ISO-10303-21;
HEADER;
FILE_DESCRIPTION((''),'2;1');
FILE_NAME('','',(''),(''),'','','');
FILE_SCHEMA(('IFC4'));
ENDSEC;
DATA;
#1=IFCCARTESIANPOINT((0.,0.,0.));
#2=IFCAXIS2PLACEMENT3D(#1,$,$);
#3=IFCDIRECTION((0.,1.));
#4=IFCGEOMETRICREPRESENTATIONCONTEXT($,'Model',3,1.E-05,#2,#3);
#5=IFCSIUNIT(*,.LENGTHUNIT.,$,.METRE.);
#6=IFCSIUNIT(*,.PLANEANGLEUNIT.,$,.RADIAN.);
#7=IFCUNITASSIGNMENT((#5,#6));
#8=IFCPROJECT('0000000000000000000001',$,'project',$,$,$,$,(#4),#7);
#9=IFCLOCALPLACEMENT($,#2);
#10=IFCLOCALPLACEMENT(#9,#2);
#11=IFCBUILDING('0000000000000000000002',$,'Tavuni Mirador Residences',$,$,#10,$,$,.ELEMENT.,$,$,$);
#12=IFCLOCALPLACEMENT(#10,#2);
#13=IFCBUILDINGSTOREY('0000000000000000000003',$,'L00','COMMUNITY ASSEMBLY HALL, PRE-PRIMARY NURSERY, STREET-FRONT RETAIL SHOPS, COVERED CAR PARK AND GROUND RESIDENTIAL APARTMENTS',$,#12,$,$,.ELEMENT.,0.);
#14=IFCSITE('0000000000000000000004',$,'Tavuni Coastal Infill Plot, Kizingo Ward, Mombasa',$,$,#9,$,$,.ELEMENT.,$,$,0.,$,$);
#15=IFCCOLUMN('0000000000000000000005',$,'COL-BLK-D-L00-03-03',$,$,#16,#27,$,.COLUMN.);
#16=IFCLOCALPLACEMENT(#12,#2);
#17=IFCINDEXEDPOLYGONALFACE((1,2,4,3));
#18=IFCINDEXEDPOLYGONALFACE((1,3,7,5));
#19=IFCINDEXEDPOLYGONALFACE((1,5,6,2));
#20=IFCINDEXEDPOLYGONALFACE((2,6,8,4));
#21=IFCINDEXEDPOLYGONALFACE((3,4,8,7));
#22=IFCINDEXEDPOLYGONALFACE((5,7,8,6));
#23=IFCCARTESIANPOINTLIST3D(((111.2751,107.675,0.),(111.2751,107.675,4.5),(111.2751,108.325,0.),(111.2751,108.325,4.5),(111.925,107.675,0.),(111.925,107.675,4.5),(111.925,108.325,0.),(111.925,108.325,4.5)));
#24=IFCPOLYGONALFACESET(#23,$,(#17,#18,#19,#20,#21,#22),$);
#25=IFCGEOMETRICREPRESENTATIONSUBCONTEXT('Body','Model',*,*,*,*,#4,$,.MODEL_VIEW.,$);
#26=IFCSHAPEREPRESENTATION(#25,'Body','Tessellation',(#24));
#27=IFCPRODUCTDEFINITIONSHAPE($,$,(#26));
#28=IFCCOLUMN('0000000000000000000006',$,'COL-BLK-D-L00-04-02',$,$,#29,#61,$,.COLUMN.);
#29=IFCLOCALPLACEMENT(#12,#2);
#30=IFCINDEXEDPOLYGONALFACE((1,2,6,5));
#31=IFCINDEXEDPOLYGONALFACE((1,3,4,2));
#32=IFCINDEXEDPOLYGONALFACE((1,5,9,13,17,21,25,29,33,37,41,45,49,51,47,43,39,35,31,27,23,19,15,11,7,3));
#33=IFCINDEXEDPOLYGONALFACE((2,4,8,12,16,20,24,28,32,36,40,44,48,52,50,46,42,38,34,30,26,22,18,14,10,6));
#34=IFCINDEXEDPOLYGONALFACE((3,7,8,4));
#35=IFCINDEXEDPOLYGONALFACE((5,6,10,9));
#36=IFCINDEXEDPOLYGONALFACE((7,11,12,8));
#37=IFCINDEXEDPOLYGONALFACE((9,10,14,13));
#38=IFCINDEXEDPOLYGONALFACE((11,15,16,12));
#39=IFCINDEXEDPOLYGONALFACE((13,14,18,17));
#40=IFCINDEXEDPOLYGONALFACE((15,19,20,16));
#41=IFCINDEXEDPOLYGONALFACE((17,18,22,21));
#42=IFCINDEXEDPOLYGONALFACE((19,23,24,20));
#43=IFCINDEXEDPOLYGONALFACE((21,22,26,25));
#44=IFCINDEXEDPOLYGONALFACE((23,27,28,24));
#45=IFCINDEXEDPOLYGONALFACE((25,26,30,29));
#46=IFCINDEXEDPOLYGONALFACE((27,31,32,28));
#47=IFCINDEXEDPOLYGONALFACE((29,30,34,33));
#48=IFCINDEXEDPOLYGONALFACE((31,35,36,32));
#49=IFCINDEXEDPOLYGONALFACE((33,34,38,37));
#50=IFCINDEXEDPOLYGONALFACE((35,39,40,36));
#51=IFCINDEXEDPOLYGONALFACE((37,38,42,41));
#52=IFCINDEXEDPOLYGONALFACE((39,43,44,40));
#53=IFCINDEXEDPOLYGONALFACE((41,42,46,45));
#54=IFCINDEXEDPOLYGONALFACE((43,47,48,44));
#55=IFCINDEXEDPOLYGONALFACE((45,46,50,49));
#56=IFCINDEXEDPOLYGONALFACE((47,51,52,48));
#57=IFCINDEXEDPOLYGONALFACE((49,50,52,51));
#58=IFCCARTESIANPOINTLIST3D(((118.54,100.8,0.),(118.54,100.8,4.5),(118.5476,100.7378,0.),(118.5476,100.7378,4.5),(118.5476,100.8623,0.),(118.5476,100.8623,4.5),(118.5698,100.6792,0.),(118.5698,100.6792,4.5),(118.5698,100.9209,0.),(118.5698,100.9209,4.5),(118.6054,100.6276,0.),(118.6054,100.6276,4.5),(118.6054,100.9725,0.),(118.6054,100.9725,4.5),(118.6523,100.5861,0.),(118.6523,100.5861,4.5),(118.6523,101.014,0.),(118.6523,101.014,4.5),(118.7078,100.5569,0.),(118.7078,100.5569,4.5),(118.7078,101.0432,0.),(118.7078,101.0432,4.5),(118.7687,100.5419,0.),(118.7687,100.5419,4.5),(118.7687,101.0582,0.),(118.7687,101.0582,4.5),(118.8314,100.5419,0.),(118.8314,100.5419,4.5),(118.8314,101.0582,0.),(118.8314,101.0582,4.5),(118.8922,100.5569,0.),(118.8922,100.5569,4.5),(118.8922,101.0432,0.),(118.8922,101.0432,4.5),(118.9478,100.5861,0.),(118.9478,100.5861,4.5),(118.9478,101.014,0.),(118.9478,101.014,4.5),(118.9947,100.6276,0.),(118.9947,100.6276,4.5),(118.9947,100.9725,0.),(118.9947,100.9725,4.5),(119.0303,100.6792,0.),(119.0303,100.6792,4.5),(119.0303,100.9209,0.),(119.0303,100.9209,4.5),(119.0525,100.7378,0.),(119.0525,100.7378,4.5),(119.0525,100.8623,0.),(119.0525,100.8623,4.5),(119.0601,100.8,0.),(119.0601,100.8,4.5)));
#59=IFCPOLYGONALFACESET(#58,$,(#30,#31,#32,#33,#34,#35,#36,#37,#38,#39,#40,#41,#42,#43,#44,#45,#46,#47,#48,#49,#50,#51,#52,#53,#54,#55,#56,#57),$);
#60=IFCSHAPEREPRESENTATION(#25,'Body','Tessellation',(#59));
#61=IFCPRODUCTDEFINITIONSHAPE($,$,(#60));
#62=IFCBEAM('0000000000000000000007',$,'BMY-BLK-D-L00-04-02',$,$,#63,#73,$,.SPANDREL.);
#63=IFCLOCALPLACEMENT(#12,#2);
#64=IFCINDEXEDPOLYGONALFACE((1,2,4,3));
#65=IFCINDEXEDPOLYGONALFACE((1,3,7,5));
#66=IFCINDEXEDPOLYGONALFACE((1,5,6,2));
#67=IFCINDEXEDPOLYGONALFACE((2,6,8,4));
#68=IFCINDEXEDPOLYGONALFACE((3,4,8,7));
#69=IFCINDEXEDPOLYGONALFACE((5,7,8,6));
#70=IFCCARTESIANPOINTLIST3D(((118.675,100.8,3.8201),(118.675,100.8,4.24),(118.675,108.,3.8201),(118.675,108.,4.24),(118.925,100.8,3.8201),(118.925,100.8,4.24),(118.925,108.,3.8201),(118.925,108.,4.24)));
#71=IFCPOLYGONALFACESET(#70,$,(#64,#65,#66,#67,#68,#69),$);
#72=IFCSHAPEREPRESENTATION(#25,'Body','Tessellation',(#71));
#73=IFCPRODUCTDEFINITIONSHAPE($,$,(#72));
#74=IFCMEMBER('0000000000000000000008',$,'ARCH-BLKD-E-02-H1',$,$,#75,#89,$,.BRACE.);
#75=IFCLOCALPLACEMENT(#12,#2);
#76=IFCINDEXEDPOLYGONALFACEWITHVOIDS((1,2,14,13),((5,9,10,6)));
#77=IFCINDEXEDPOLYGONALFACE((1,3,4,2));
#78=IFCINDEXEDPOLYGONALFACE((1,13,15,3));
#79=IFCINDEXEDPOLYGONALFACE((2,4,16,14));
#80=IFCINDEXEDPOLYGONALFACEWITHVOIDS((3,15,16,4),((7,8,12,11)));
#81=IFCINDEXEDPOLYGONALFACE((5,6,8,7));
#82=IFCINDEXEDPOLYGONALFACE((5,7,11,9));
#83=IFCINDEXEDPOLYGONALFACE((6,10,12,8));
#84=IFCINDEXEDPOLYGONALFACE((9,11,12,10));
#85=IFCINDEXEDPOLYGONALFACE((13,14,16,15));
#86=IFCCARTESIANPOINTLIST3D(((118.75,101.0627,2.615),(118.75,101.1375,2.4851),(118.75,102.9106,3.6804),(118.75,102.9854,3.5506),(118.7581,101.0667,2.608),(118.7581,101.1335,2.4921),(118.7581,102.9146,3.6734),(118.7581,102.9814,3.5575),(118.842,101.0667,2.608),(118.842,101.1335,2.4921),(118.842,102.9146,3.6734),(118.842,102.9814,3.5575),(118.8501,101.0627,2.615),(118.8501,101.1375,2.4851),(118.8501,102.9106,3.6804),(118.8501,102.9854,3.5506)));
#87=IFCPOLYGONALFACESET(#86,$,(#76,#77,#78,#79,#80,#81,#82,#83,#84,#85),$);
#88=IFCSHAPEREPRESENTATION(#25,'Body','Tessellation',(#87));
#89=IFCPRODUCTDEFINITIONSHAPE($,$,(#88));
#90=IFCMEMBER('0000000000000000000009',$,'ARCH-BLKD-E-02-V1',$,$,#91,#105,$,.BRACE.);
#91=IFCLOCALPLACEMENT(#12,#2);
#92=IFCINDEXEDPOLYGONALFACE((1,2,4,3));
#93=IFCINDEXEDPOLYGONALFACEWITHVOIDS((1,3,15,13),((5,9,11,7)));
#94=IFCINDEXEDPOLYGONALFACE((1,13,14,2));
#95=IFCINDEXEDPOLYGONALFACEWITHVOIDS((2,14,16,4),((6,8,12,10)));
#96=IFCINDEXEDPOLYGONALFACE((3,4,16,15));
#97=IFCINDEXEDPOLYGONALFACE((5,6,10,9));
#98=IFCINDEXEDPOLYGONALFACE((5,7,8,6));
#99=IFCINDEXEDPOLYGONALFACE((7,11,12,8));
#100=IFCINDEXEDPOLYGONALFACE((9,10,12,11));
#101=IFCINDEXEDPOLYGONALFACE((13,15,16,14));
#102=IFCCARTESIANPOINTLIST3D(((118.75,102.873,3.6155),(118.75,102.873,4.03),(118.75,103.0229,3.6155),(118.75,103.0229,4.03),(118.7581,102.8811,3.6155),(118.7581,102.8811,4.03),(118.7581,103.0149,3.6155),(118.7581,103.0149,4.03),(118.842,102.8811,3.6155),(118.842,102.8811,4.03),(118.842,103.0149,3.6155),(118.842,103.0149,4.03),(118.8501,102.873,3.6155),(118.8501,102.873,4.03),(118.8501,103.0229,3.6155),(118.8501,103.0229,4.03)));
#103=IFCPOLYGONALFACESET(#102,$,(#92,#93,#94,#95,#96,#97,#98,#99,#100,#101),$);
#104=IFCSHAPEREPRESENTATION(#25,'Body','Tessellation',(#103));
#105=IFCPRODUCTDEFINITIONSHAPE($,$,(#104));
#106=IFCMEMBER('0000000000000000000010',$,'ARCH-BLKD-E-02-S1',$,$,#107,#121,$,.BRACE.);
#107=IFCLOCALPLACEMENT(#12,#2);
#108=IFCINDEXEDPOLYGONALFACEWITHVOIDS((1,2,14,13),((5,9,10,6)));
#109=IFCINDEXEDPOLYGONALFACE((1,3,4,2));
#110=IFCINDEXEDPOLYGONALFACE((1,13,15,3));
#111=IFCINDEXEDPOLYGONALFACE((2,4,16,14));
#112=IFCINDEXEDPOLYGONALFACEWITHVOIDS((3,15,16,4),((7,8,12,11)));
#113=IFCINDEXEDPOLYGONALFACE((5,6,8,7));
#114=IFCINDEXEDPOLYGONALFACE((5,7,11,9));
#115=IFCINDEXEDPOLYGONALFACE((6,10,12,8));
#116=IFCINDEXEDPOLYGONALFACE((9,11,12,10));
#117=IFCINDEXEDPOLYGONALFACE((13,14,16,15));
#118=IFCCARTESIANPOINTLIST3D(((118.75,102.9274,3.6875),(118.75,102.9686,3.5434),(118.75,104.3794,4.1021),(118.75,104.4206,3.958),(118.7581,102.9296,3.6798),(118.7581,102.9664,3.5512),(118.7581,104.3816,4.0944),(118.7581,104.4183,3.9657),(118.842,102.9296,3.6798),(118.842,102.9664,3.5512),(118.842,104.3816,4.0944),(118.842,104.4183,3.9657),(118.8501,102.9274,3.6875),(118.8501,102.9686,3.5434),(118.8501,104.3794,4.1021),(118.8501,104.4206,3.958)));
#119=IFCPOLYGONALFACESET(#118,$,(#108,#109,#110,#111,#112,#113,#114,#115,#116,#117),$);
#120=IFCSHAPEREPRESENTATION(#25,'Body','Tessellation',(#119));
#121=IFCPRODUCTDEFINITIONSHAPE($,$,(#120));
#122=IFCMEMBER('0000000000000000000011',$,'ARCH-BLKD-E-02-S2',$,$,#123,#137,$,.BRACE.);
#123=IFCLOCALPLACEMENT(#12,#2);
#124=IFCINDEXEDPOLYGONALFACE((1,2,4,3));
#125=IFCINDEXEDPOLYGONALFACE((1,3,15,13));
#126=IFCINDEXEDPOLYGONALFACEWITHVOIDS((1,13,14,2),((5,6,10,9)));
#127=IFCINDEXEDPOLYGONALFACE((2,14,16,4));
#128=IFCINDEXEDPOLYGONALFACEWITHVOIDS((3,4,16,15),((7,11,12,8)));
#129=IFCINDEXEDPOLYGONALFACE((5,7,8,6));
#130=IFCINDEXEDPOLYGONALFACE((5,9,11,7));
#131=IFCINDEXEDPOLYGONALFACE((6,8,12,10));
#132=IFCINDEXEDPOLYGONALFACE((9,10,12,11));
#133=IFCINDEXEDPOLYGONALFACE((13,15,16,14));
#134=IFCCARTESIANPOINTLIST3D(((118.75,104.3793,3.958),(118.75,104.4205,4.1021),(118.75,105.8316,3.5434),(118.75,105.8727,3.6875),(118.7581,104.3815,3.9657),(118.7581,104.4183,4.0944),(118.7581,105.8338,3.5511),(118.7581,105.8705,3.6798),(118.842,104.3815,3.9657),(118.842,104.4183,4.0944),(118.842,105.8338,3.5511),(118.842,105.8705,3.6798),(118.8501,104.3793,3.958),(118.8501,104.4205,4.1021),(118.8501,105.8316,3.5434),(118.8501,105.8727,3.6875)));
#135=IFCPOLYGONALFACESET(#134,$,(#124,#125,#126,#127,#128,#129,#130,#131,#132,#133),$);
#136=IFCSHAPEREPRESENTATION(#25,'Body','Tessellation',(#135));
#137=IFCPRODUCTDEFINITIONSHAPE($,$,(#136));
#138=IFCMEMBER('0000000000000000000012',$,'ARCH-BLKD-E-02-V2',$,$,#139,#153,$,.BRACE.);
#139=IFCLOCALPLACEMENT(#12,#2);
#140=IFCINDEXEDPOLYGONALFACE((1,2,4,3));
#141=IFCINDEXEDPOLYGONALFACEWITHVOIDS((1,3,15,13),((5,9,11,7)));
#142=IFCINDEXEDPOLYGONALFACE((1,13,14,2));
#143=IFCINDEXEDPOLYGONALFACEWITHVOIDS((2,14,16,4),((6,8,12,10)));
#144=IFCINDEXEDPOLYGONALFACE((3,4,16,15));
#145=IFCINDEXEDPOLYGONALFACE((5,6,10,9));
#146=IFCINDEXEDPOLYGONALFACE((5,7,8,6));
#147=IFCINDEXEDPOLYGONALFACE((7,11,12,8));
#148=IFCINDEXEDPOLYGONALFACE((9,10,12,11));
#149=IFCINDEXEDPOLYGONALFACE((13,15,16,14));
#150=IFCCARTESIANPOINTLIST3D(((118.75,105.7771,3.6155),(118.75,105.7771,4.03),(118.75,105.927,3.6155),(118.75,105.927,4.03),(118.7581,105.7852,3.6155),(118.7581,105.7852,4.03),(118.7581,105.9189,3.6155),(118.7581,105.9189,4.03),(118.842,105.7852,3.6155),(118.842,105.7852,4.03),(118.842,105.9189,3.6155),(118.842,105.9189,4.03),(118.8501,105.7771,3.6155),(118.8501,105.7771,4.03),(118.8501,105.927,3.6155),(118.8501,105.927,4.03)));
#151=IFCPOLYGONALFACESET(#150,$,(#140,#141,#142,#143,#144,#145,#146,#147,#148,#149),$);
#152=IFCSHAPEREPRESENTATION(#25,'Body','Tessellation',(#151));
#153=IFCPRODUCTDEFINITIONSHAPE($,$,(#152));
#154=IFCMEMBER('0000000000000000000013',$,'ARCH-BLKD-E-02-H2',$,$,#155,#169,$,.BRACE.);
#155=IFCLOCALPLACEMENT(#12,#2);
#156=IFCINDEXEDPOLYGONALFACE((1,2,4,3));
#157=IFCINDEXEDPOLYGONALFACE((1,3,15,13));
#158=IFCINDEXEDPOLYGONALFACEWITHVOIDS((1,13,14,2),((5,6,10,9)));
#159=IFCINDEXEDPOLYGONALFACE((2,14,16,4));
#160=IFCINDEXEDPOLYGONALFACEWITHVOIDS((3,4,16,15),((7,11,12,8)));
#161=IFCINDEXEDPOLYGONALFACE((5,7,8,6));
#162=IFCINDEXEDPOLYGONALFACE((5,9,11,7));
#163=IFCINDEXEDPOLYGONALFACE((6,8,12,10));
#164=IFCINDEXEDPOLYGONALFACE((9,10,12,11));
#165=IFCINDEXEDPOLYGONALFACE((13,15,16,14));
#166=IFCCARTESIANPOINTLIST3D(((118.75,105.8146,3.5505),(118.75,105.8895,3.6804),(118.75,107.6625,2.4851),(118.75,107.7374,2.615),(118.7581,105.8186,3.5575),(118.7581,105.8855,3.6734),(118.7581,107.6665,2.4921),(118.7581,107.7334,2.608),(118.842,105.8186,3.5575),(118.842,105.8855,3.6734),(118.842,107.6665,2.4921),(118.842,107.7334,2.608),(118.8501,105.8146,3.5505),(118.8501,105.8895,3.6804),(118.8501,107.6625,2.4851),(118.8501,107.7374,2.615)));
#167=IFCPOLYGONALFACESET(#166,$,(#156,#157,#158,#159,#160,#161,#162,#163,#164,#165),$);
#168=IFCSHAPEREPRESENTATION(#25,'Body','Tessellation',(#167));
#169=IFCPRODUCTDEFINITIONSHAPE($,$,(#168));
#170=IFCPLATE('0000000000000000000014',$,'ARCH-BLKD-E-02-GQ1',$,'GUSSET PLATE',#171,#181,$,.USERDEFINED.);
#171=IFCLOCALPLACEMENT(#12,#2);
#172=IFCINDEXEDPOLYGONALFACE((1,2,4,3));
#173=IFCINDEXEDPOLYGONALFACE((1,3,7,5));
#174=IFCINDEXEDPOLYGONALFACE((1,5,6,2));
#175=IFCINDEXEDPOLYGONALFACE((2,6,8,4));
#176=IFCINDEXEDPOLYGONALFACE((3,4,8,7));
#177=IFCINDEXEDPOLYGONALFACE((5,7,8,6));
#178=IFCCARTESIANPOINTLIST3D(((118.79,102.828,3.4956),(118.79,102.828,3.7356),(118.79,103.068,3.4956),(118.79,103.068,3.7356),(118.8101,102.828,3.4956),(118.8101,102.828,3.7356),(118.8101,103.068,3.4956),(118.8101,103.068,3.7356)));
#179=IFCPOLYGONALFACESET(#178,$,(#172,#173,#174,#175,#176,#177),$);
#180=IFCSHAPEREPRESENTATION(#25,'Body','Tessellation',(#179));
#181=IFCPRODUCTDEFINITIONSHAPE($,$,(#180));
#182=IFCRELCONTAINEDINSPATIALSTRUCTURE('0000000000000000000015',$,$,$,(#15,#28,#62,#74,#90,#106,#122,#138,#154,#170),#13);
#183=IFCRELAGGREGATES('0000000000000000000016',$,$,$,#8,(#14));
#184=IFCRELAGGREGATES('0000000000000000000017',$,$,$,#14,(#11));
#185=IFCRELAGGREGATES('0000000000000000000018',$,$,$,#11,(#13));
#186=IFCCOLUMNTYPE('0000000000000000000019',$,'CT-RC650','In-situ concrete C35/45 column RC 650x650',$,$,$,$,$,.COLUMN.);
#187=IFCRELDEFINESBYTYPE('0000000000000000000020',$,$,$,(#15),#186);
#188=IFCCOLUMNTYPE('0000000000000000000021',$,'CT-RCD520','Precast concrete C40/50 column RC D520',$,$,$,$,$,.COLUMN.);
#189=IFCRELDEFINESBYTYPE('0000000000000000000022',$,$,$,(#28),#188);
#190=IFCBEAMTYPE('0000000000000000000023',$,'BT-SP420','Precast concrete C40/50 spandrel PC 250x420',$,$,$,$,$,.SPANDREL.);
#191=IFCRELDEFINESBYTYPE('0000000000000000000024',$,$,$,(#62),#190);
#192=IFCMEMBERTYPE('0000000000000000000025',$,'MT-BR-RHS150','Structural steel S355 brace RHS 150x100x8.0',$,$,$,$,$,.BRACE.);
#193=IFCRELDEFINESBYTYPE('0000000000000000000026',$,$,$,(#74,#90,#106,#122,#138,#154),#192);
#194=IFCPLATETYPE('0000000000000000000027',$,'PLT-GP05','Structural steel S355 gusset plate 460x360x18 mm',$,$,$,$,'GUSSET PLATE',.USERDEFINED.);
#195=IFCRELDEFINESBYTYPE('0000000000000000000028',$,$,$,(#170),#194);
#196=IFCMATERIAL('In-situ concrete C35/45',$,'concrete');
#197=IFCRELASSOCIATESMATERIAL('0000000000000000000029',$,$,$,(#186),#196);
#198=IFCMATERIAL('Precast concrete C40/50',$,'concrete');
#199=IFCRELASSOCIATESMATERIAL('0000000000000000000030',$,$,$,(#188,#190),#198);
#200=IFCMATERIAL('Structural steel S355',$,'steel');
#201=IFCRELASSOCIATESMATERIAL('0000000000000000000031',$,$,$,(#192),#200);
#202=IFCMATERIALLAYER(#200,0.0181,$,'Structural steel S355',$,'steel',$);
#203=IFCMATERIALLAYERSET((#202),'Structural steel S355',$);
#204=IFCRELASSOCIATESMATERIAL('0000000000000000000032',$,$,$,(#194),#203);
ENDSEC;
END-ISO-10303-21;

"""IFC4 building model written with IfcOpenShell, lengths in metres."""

from ifc_helpers import new_model, si_unit, direction, frame, origin, origin_2d, place, context, subcontext, project, spatial, rectangle, hollow_rectangle, circle, extrude, material, layer, layer_set, material_profile, profile_set, type_object, element, save


model = new_model("IFC4")

# Units and contexts
model_context = context("Model", 3, precision=1e-05, world=origin(), true_north=direction((0.0, 1.0)))
body_context = subcontext(model_context, "Body", "Model", "MODEL_VIEW")
ifc_project = project(units=[si_unit("LENGTHUNIT", "METRE"), si_unit("PLANEANGLEUNIT", "RADIAN")], contexts=[model_context])

# Site, building, storey
site_placement = place(None, origin())
site = spatial("IfcSite", under=ifc_project, at=site_placement, Name="Tavuni Coastal Infill Plot, Kizingo Ward, Mombasa", CompositionType="ELEMENT", RefElevation=0.0)
building_placement = place(site_placement, origin())
building = spatial("IfcBuilding", under=site, at=building_placement, Name="Tavuni Mirador Residences", CompositionType="ELEMENT")
storey_placement = place(building_placement, origin())
storey = spatial("IfcBuildingStorey", under=building, at=storey_placement, Name="L00", Description="COMMUNITY ASSEMBLY HALL, PRE-PRIMARY NURSERY, STREET-FRONT RETAIL SHOPS, COVERED CAR PARK AND GROUND RESIDENTIAL APARTMENTS", CompositionType="ELEMENT", Elevation=0.0)

# Columns
ifc_material_1 = material(Name="In-situ concrete C35/45", Category="concrete")
ifc_material_profile_1 = material_profile(ifc_material_1, rectangle(XDim=0.6499, YDim=0.6499, at=origin_2d()), Name="RC 650x650", Category="concrete")
ifc_profile_set_1 = profile_set([ifc_material_profile_1], Name="In-situ concrete C35/45")
column_type_1 = type_object("IfcColumnType", Name="CT-RC650", Description="In-situ concrete C35/45 column RC 650x650", PredefinedType="COLUMN", material=ifc_profile_set_1)
column_1_placement = place(storey_placement, frame((111.6001, 108.0, 0.0), z_axis=(0.0, 0.0, 1.0), x_axis=(1.0, 0.0, 0.0)))
element("IfcColumn", 1, at=column_1_placement, inside=storey, type_object=column_type_1, Name="COL-BLK-D-L00-03-03", PredefinedType="COLUMN", context=body_context, shape_type="SweptSolid", body=[
    extrude(rectangle(XDim=0.6499, YDim=0.6499, at=origin_2d()), origin(), (0.0, 0.0, 1.0), 4.5),
])
ifc_material_2 = material(Name="Precast concrete C40/50", Category="concrete")
ifc_material_profile_2 = material_profile(ifc_material_2, circle(Radius=0.26, at=origin_2d()), Name="RC D520", Category="concrete")
ifc_profile_set_2 = profile_set([ifc_material_profile_2], Name="Precast concrete C40/50")
column_type_2 = type_object("IfcColumnType", Name="CT-RCD520", Description="Precast concrete C40/50 column RC D520", PredefinedType="COLUMN", material=ifc_profile_set_2)
column_2_placement = place(storey_placement, frame((118.8, 100.8, 0.0), z_axis=(0.0, 0.0, 1.0), x_axis=(1.0, 0.0, 0.0)))
element("IfcColumn", 2, at=column_2_placement, inside=storey, type_object=column_type_2, Name="COL-BLK-D-L00-04-02", PredefinedType="COLUMN", context=body_context, shape_type="SweptSolid", body=[
    extrude(circle(Radius=0.26, at=origin_2d()), origin(), (0.0, 0.0, 1.0), 4.5),
])

# Beam
ifc_material_profile_3 = material_profile(ifc_material_2, rectangle(XDim=0.25, YDim=0.4199, at=origin_2d()), Name="PC 250x420", Category="concrete")
ifc_profile_set_3 = profile_set([ifc_material_profile_3], Name="Precast concrete C40/50")
beam_type = type_object("IfcBeamType", Name="BT-SP420", Description="Precast concrete C40/50 spandrel PC 250x420", PredefinedType="SPANDREL", material=ifc_profile_set_3)
beam_placement = place(storey_placement, frame((118.8, 100.8, 4.03), z_axis=(0.0, 1.0, 0.0), x_axis=(-1.0, 0.0, 0.0)))
element("IfcBeam", 3, at=beam_placement, inside=storey, type_object=beam_type, Name="BMY-BLK-D-L00-04-02", PredefinedType="SPANDREL", context=body_context, shape_type="SweptSolid", body=[
    extrude(rectangle(XDim=0.25, YDim=0.4199, at=origin_2d()), origin(), (0.0, 0.0, 1.0), 7.2),
])

# Members
ifc_material_3 = material(Name="Structural steel S355", Category="steel")
ifc_material_profile_4 = material_profile(ifc_material_3, hollow_rectangle(XDim=0.1001, YDim=0.1499, WallThickness=0.0081, at=origin_2d()), Name="RHS 150x100x8.0", Category="steel")
ifc_profile_set_4 = profile_set([ifc_material_profile_4], Name="Structural steel S355")
member_type = type_object("IfcMemberType", Name="MT-BR-RHS150", Description="Structural steel S355 brace RHS 150x100x8.0", PredefinedType="BRACE", material=ifc_profile_set_4)
member_1_placement = place(storey_placement, frame((118.8, 101.1001, 2.55), z_axis=(0.0, 0.866321, 0.499488), x_axis=(-1.0, 0.0, 0.0)))
element("IfcMember", 4, at=member_1_placement, inside=storey, type_object=member_type, Name="ARCH-BLKD-E-02-H1", PredefinedType="BRACE", context=body_context, shape_type="SweptSolid", body=[
    extrude(hollow_rectangle(XDim=0.1001, YDim=0.1499, WallThickness=0.0081, at=origin_2d()), origin(), (0.0, 0.0, 1.0), 2.1331),
])
member_2_placement = place(storey_placement, frame((118.8, 102.948, 3.6155), z_axis=(0.0, 0.0, 1.0), x_axis=(1.0, 0.0, 0.0)))
element("IfcMember", 5, at=member_2_placement, inside=storey, type_object=member_type, Name="ARCH-BLKD-E-02-V1", PredefinedType="BRACE", context=body_context, shape_type="SweptSolid", body=[
    extrude(hollow_rectangle(XDim=0.1001, YDim=0.1499, WallThickness=0.0081, at=origin_2d()), origin(), (0.0, 0.0, 1.0), 0.4146),
])
member_3_placement = place(storey_placement, frame((118.8, 102.948, 3.6155), z_axis=(0.0, 0.961573, 0.27455), x_axis=(-1.0, 0.0, 0.0)))
element("IfcMember", 6, at=member_3_placement, inside=storey, type_object=member_type, Name="ARCH-BLKD-E-02-S1", PredefinedType="BRACE", context=body_context, shape_type="SweptSolid", body=[
    extrude(hollow_rectangle(XDim=0.1001, YDim=0.1499, WallThickness=0.0081, at=origin_2d()), origin(), (0.0, 0.0, 1.0), 1.51),
])
member_4_placement = place(storey_placement, frame((118.8, 104.3999, 4.03), z_axis=(0.0, 0.961585, -0.274508), x_axis=(-1.0, 0.0, 0.0)))
element("IfcMember", 7, at=member_4_placement, inside=storey, type_object=member_type, Name="ARCH-BLKD-E-02-S2", PredefinedType="BRACE", context=body_context, shape_type="SweptSolid", body=[
    extrude(hollow_rectangle(XDim=0.1001, YDim=0.1499, WallThickness=0.0081, at=origin_2d()), origin(), (0.0, 0.0, 1.0), 1.5103),
])
member_5_placement = place(storey_placement, frame((118.8, 105.8521, 3.6155), z_axis=(0.0, 0.0, 1.0), x_axis=(1.0, 0.0, 0.0)))
element("IfcMember", 8, at=member_5_placement, inside=storey, type_object=member_type, Name="ARCH-BLKD-E-02-V2", PredefinedType="BRACE", context=body_context, shape_type="SweptSolid", body=[
    extrude(hollow_rectangle(XDim=0.1001, YDim=0.1499, WallThickness=0.0081, at=origin_2d()), origin(), (0.0, 0.0, 1.0), 0.4146),
])
member_6_placement = place(storey_placement, frame((118.8, 105.8521, 3.6155), z_axis=(0.0, 0.866321, -0.499488), x_axis=(-1.0, 0.0, 0.0)))
element("IfcMember", 9, at=member_6_placement, inside=storey, type_object=member_type, Name="ARCH-BLKD-E-02-H2", PredefinedType="BRACE", context=body_context, shape_type="SweptSolid", body=[
    extrude(hollow_rectangle(XDim=0.1001, YDim=0.1499, WallThickness=0.0081, at=origin_2d()), origin(), (0.0, 0.0, 1.0), 2.1331),
])

# Plate
ifc_layer_1 = layer(ifc_material_3, 0.0181, Name="Structural steel S355", Category="steel")
ifc_layer_set_1 = layer_set([ifc_layer_1], Name="Structural steel S355")
plate_type = type_object("IfcPlateType", Name="PLT-GP05", Description="Structural steel S355 gusset plate 460x360x18 mm", ElementType="GUSSET PLATE", PredefinedType="USERDEFINED", material=ifc_layer_set_1)
for number, where, z_axis, x_axis, name in (
    (10, (118.8, 102.948, 3.4956), (0.0, 0.0, 1.0), (1.0, 0.0, 0.0), "ARCH-BLKD-E-02-GQ1"),
):
    element("IfcPlate", number, at=place(storey_placement, frame(where, z_axis=z_axis, x_axis=x_axis)), inside=storey, type_object=plate_type, Name=name, ObjectType="GUSSET PLATE", PredefinedType="USERDEFINED", context=body_context, shape_type="SweptSolid", body=[
        extrude(rectangle(XDim=0.02, YDim=0.24, at=origin_2d()), origin(), (0.0, 0.0, 1.0), 0.24),
    ])

save(model, "model.ifc")
